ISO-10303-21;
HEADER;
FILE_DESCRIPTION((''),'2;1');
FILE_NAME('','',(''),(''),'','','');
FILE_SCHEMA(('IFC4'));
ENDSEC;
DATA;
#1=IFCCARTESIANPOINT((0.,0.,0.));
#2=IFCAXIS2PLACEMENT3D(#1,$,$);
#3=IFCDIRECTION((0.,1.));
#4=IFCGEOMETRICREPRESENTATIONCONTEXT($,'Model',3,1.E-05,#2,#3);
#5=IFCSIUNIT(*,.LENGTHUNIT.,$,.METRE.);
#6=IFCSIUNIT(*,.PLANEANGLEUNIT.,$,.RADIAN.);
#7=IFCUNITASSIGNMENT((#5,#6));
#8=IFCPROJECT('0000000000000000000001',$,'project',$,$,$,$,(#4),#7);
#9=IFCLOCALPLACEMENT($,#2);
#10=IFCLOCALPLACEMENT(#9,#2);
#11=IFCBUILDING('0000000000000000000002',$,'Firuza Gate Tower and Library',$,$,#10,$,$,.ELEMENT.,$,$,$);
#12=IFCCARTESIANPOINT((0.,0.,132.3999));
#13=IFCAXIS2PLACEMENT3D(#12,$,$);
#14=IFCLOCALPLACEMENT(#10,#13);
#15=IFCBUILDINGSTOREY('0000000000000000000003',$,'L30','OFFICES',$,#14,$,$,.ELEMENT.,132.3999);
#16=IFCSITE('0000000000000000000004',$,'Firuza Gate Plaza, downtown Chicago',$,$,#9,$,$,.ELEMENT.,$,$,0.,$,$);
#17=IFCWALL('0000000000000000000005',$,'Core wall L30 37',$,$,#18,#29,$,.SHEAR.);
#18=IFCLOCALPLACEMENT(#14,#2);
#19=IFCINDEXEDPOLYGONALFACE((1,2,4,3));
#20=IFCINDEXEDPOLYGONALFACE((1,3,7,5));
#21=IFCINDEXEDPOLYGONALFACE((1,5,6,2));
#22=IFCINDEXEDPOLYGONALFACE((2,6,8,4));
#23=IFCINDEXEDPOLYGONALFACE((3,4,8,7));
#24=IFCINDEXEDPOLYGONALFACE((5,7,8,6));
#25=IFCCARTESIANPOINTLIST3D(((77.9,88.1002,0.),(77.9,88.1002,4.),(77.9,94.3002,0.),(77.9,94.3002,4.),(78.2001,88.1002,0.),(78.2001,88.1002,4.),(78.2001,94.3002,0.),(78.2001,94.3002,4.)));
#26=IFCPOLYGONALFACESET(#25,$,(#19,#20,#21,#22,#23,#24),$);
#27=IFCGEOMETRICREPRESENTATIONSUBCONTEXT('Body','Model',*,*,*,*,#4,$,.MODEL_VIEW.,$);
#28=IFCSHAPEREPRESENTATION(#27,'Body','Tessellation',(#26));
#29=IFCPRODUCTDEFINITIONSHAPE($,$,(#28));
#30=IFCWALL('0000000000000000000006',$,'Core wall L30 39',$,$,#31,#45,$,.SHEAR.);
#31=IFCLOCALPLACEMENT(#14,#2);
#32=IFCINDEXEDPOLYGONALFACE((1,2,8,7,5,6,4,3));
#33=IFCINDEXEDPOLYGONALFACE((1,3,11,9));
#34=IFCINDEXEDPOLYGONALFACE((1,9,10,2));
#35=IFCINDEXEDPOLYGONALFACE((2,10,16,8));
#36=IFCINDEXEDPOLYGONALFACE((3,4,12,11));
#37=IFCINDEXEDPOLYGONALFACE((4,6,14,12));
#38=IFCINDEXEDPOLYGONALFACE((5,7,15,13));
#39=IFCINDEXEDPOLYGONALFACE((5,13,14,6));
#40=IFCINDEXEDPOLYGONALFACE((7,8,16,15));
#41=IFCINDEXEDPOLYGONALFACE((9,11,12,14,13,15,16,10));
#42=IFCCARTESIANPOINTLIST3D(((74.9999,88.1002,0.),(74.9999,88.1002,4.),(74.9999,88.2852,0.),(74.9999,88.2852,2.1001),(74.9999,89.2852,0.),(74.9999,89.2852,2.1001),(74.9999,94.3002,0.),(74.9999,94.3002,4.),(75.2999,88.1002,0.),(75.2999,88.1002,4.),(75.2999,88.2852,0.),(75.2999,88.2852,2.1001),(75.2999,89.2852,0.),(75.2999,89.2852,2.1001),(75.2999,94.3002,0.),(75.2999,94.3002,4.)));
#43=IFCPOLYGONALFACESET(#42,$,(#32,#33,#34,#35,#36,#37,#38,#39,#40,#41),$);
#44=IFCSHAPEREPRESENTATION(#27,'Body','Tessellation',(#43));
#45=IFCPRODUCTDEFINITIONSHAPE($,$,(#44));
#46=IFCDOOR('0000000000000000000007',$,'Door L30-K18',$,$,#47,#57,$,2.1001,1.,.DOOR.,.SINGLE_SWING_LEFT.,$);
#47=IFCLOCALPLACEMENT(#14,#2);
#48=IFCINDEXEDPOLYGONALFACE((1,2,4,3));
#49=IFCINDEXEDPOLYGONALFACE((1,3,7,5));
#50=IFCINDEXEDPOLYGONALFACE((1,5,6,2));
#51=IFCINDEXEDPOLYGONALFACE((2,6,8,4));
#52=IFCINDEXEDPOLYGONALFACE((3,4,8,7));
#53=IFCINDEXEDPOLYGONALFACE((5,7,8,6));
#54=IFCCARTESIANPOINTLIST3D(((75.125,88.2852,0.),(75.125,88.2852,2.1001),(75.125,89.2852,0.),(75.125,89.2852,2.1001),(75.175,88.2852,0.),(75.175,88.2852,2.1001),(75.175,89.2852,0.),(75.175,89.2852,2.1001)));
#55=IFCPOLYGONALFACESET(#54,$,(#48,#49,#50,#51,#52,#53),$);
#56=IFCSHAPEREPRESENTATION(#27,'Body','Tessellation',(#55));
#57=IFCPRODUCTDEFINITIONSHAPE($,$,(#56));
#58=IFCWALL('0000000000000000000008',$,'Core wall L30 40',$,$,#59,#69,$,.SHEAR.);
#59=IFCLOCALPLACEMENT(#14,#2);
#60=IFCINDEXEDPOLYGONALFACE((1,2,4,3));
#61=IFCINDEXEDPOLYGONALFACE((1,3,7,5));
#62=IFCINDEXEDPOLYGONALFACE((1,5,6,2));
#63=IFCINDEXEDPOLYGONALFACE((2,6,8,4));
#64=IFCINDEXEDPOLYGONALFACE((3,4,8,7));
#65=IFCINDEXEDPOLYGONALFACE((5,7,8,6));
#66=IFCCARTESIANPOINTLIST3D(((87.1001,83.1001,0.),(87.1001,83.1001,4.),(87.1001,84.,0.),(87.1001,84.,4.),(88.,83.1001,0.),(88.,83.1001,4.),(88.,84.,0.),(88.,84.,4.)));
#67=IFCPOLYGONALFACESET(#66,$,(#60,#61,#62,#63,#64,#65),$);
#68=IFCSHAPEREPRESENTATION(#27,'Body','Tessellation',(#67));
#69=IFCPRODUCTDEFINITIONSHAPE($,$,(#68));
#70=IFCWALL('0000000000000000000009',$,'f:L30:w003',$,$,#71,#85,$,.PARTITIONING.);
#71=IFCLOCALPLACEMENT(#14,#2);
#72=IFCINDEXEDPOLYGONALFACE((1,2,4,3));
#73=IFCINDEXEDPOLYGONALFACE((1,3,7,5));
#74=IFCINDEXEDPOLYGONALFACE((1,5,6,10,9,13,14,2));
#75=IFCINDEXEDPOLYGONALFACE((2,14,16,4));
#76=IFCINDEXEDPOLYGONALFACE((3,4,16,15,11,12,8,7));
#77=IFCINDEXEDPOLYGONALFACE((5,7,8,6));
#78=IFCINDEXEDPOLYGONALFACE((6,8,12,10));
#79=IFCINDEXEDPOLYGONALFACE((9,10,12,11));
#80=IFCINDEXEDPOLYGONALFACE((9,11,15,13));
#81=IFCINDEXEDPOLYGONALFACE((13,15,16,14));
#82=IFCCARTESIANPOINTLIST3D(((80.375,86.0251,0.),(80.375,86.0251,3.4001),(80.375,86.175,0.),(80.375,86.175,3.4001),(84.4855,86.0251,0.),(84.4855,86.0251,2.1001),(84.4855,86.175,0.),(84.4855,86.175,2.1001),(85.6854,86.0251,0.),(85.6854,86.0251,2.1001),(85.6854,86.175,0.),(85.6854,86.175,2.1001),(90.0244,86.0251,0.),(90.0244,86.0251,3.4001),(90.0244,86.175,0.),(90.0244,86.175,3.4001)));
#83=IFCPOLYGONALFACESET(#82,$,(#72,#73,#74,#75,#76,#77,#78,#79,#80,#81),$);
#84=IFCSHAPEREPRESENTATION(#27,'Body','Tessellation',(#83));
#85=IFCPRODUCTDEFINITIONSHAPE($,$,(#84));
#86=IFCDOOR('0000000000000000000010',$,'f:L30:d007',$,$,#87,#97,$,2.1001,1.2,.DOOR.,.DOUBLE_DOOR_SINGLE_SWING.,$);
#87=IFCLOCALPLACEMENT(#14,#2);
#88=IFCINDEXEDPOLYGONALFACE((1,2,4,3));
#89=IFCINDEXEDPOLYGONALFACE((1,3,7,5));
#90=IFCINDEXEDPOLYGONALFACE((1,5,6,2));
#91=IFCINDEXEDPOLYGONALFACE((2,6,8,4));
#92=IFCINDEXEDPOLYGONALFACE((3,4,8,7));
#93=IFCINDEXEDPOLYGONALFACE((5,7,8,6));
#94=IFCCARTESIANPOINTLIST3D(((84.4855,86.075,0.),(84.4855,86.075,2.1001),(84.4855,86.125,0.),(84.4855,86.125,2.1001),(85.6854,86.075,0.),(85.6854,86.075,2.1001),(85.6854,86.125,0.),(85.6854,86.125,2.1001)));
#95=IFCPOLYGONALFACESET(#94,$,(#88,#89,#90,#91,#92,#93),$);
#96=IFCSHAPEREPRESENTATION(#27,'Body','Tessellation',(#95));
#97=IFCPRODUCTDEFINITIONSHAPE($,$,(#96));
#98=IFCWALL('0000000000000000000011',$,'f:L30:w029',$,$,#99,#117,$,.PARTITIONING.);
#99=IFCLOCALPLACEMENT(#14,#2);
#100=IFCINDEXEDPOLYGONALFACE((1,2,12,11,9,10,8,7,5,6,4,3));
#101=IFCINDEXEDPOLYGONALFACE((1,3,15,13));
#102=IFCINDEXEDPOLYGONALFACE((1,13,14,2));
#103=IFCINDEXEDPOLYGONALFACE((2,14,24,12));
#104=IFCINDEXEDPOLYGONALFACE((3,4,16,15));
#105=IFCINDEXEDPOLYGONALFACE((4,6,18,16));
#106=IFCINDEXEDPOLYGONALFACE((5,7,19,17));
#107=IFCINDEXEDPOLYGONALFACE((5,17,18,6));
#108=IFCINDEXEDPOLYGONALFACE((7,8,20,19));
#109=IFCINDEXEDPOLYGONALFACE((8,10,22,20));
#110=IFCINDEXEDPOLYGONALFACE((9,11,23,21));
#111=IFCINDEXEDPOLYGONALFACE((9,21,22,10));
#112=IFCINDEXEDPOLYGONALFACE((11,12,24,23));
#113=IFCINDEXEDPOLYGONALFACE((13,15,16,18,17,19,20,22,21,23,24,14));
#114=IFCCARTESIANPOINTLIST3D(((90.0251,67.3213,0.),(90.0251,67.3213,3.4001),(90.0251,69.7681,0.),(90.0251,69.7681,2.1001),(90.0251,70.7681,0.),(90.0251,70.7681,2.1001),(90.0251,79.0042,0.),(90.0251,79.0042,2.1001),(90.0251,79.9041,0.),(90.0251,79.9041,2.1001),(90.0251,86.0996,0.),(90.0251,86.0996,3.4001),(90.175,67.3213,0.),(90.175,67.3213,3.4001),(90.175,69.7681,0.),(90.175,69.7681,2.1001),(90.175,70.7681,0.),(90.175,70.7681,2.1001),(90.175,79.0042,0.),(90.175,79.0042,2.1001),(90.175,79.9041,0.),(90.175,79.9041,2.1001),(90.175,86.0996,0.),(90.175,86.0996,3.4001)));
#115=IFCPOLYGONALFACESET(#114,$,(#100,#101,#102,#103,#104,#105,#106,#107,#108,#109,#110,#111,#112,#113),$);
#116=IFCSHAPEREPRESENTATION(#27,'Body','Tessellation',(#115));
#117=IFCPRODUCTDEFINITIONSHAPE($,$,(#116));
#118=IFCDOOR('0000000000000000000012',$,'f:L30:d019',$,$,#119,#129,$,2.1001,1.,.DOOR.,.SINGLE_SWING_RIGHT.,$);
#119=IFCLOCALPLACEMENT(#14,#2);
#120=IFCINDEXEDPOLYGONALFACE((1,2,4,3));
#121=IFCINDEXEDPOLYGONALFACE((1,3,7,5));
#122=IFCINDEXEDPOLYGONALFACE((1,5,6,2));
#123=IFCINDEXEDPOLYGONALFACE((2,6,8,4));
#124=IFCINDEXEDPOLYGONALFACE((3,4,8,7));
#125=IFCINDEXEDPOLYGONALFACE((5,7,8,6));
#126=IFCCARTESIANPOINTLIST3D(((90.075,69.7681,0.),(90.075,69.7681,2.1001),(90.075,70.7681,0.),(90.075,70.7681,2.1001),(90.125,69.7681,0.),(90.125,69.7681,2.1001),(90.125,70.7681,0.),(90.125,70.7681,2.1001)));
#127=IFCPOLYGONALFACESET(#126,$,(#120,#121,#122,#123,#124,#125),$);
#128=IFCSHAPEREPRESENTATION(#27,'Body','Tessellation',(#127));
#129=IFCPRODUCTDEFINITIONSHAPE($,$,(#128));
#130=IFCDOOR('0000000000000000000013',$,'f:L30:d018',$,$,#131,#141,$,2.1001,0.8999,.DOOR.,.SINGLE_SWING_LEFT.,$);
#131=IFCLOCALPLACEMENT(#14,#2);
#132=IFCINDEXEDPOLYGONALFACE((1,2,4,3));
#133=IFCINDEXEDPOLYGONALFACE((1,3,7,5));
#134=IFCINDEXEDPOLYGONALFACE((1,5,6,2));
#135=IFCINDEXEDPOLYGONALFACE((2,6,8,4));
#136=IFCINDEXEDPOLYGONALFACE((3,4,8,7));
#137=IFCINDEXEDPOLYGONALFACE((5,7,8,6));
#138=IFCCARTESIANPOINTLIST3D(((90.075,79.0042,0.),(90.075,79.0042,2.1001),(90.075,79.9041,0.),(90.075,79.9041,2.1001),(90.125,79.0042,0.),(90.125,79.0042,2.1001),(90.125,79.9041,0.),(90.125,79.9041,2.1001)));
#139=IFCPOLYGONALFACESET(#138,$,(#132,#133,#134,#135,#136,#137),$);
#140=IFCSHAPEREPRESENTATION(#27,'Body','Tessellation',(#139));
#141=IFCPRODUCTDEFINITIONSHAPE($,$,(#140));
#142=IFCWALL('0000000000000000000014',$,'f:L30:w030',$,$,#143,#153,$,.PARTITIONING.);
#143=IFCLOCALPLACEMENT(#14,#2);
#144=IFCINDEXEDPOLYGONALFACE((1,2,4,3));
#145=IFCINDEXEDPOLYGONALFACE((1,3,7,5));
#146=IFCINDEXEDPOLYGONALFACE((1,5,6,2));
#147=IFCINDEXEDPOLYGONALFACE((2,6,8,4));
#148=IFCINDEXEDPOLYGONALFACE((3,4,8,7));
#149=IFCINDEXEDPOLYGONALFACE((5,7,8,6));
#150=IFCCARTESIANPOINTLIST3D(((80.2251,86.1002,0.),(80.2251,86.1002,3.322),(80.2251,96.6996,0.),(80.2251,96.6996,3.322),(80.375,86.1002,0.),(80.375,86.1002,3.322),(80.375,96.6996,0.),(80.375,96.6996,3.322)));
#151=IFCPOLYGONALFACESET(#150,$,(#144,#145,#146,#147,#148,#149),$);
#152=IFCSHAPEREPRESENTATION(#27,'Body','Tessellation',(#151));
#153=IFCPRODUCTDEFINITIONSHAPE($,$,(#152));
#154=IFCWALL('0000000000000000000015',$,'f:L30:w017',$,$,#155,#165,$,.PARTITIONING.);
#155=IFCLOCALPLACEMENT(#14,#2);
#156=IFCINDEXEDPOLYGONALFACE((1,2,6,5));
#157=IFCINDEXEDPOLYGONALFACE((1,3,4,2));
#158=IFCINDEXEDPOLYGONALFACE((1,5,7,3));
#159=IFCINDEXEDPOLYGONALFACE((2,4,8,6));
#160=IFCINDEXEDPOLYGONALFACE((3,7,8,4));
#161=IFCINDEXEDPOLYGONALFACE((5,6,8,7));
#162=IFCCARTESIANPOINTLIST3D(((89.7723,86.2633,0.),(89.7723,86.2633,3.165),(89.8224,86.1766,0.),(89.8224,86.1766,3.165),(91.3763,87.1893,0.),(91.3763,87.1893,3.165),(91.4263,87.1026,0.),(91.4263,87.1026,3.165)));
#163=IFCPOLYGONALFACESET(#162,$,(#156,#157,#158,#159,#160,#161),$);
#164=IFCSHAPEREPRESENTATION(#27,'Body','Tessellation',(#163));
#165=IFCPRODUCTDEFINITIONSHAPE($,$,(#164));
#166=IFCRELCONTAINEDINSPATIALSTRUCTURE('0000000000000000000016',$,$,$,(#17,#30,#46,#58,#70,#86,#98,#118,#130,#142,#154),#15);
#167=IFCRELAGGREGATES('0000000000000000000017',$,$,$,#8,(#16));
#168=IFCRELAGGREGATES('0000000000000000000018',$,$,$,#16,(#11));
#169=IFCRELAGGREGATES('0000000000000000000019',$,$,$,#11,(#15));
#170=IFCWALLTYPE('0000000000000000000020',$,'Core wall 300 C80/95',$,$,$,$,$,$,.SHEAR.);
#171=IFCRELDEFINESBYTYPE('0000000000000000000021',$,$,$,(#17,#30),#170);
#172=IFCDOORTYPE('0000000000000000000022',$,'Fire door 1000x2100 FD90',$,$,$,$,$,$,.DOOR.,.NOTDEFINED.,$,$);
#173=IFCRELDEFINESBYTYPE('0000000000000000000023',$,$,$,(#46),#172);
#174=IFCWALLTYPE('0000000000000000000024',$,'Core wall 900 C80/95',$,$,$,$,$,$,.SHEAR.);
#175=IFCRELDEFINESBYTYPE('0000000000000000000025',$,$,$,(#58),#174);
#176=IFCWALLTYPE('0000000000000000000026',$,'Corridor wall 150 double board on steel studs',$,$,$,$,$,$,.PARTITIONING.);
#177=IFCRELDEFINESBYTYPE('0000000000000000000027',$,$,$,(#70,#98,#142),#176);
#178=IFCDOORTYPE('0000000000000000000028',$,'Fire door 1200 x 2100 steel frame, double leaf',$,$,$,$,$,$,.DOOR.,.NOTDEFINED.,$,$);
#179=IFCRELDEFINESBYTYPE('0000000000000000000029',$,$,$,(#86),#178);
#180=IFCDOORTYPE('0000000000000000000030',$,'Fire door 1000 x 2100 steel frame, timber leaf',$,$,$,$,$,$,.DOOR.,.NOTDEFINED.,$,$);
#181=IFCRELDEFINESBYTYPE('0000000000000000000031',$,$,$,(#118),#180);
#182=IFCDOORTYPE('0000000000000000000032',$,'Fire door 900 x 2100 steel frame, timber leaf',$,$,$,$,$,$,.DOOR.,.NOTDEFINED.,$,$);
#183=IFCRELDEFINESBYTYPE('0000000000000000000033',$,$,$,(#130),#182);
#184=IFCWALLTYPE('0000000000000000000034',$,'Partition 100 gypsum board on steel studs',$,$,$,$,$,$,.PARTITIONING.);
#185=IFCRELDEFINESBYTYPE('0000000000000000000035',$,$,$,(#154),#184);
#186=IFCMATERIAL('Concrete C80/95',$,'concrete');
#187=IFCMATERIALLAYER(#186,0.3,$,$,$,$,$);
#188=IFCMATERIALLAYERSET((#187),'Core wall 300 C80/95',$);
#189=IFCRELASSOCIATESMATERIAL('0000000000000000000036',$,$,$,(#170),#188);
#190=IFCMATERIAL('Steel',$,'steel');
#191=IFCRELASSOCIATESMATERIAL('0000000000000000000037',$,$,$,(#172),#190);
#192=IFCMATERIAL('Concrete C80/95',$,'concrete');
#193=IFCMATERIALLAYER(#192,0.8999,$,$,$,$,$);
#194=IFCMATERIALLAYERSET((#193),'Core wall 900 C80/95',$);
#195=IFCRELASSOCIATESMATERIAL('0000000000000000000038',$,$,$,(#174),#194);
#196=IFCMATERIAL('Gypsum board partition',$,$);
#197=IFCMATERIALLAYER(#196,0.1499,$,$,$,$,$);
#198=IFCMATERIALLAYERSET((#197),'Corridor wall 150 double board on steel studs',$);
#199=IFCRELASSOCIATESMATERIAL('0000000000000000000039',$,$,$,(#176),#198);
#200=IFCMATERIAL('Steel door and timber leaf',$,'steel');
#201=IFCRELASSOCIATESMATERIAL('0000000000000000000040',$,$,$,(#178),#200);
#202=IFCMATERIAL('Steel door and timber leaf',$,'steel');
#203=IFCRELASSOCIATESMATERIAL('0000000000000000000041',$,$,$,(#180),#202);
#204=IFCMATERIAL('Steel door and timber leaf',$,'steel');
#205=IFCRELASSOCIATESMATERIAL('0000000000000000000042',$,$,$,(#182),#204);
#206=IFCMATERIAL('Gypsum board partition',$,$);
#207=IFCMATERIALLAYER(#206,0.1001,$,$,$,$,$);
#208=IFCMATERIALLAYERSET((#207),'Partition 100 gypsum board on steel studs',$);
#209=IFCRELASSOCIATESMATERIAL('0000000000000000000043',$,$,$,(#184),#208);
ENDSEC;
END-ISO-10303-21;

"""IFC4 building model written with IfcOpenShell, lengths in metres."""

from ifc_helpers import new_model, si_unit, direction, frame, frame_2d, origin, place, context, subcontext, project, spatial, rectangle, extrude, material, layer, layer_set, type_object, element, fill, save


model = new_model("IFC4")

# Units and contexts
model_context = context("Model", 3, precision=1e-05, world=origin(), true_north=direction((0.0, 1.0)))
body_context = subcontext(model_context, "Body", "Model", "MODEL_VIEW")
ifc_project = project(units=[si_unit("LENGTHUNIT", "METRE"), si_unit("PLANEANGLEUNIT", "RADIAN")], contexts=[model_context])

# Site, building, storey
site_placement = place(None, origin())
site = spatial("IfcSite", under=ifc_project, at=site_placement, Name="Firuza Gate Plaza, downtown Chicago", CompositionType="ELEMENT", RefElevation=0.0)
building_placement = place(site_placement, origin())
building = spatial("IfcBuilding", under=site, at=building_placement, Name="Firuza Gate Tower and Library", CompositionType="ELEMENT")
storey_placement = place(building_placement, frame((0.0, 0.0, 132.3999)))
storey = spatial("IfcBuildingStorey", under=building, at=storey_placement, Name="L30", Description="OFFICES", CompositionType="ELEMENT", Elevation=132.3999)

# Shared definitions
ifc_material_1 = material(Name="Concrete C80/95", Category="concrete")
ifc_layer_1 = layer(ifc_material_1, 0.3)
ifc_layer_set_1 = layer_set([ifc_layer_1], Name="Core wall 300 C80/95")
wall_type_1 = type_object("IfcWallType", Name="Core wall 300 C80/95", PredefinedType="SHEAR", material=ifc_layer_set_1)

# Shared definitions
ifc_material_2 = material(Name="Steel", Category="steel")
door_type_1 = type_object("IfcDoorType", Name="Fire door 1000x2100 FD90", OperationType="NOTDEFINED", PredefinedType="DOOR", material=ifc_material_2)

# Wall
wall_1_placement = place(storey_placement, frame((78.05, 88.1001, 0.0), z_axis=(0.0, 0.0, 1.0), x_axis=(0.0, 1.0, 0.0)))
element("IfcWall", 1, at=wall_1_placement, inside=storey, type_object=wall_type_1, Name="Core wall L30 37", PredefinedType="SHEAR", context=body_context, shape_type="SweptSolid", body=[
    extrude(rectangle(XDim=6.2, YDim=0.3, at=frame_2d((3.1001, 0.0))), origin(), (0.0, 0.0, 1.0), 4.0),
])

# Wall, opening, door
wall_2_placement = place(storey_placement, frame((75.1499, 88.1001, 0.0), z_axis=(0.0, 0.0, 1.0), x_axis=(0.0, 1.0, 0.0)))
wall_2 = element("IfcWall", 2, at=wall_2_placement, inside=storey, type_object=wall_type_1, Name="Core wall L30 39", PredefinedType="SHEAR", context=body_context, shape_type="SweptSolid", body=[
    extrude(rectangle(XDim=6.2, YDim=0.3, at=frame_2d((3.1001, 0.0))), origin(), (0.0, 0.0, 1.0), 4.0),
])
opening_1_placement = place(wall_2_placement, frame((0.1851, 0.0, 0.0)))
opening_1 = element("IfcOpeningElement", 3, at=opening_1_placement, cuts=wall_2, PredefinedType="OPENING", context=body_context, shape_type="SweptSolid", body=[
    extrude(rectangle(XDim=1.0, YDim=2.1001, at=frame_2d((0.5, 1.05))), frame((0.0, 0.1602, 0.0), z_axis=(0.0, -1.0, 0.0), x_axis=(1.0, 0.0, 0.0)), (0.0, 0.0, 1.0), 0.3201),
])
door_1_placement = place(opening_1_placement, origin())
door_1 = element("IfcDoor", 4, at=door_1_placement, inside=storey, type_object=door_type_1, Name="Door L30-K18", OperationType="SINGLE_SWING_LEFT", OverallHeight=2.1001, OverallWidth=1.0, PredefinedType="DOOR", context=body_context, shape_type="SweptSolid", body=[
    extrude(rectangle(XDim=1.0, YDim=2.1001, at=frame_2d((0.5, 1.05))), frame((0.0, 0.0249, 0.0), z_axis=(0.0, -1.0, 0.0), x_axis=(1.0, 0.0, 0.0)), (0.0, 0.0, 1.0), 0.05),
])
fill(opening_1, door_1)

# Wall
ifc_material_3 = material(Name="Concrete C80/95", Category="concrete")
ifc_layer_2 = layer(ifc_material_3, 0.8999)
ifc_layer_set_2 = layer_set([ifc_layer_2], Name="Core wall 900 C80/95")
wall_type_2 = type_object("IfcWallType", Name="Core wall 900 C80/95", PredefinedType="SHEAR", material=ifc_layer_set_2)
wall_3_placement = place(storey_placement, frame((87.1001, 83.55, 0.0), z_axis=(0.0, 0.0, 1.0), x_axis=(1.0, 0.0, 0.0)))
element("IfcWall", 5, at=wall_3_placement, inside=storey, type_object=wall_type_2, Name="Core wall L30 40", PredefinedType="SHEAR", context=body_context, shape_type="SweptSolid", body=[
    extrude(rectangle(XDim=0.8999, YDim=0.8999, at=frame_2d((0.45, 0.0))), origin(), (0.0, 0.0, 1.0), 4.0),
])

# Wall, opening, door
ifc_material_4 = material(Name="Gypsum board partition")
ifc_layer_3 = layer(ifc_material_4, 0.1499)
ifc_layer_set_3 = layer_set([ifc_layer_3], Name="Corridor wall 150 double board on steel studs")
wall_type_3 = type_object("IfcWallType", Name="Corridor wall 150 double board on steel studs", PredefinedType="PARTITIONING", material=ifc_layer_set_3)
wall_4_placement = place(storey_placement, frame((80.375, 86.1001, 0.0), z_axis=(0.0, 0.0, 1.0), x_axis=(1.0, 0.0, 0.0)))
wall_4 = element("IfcWall", 6, at=wall_4_placement, inside=storey, type_object=wall_type_3, Name="f:L30:w003", PredefinedType="PARTITIONING", context=body_context, shape_type="SweptSolid", body=[
    extrude(rectangle(XDim=9.6494, YDim=0.1499, at=frame_2d((4.8247, 0.0))), origin(), (0.0, 0.0, 1.0), 3.4001),
])
opening_2_placement = place(wall_4_placement, frame((4.1104, 0.0, 0.0)))
opening_2 = element("IfcOpeningElement", 7, at=opening_2_placement, cuts=wall_4, PredefinedType="OPENING", context=body_context, shape_type="SweptSolid", body=[
    extrude(rectangle(XDim=1.2, YDim=2.1001, at=frame_2d((0.6001, 1.05))), frame((0.0, 0.085, 0.0), z_axis=(0.0, -1.0, 0.0), x_axis=(1.0, 0.0, 0.0)), (0.0, 0.0, 1.0), 0.1699),
])
ifc_material_5 = material(Name="Steel door and timber leaf", Category="steel")
door_type_2 = type_object("IfcDoorType", Name="Fire door 1200 x 2100 steel frame, double leaf", OperationType="NOTDEFINED", PredefinedType="DOOR", material=ifc_material_5)
door_2_placement = place(opening_2_placement, origin())
door_2 = element("IfcDoor", 8, at=door_2_placement, inside=storey, type_object=door_type_2, Name="f:L30:d007", OperationType="DOUBLE_DOOR_SINGLE_SWING", OverallHeight=2.1001, OverallWidth=1.2, PredefinedType="DOOR", context=body_context, shape_type="SweptSolid", body=[
    extrude(rectangle(XDim=1.2, YDim=2.1001, at=frame_2d((0.6001, 1.05))), frame((0.0, 0.0249, 0.0), z_axis=(0.0, -1.0, 0.0), x_axis=(1.0, 0.0, 0.0)), (0.0, 0.0, 1.0), 0.05),
])
fill(opening_2, door_2)

# Wall, openings, doors
wall_5_placement = place(storey_placement, frame((90.1001, 86.0996, 0.0), z_axis=(0.0, 0.0, 1.0), x_axis=(0.0, -1.0, 0.0)))
wall_5 = element("IfcWall", 9, at=wall_5_placement, inside=storey, type_object=wall_type_3, Name="f:L30:w029", PredefinedType="PARTITIONING", context=body_context, shape_type="SweptSolid", body=[
    extrude(rectangle(XDim=18.7783, YDim=0.1499, at=frame_2d((9.3892, 0.0))), origin(), (0.0, 0.0, 1.0), 3.4001),
])
opening_3_placement = place(wall_5_placement, frame((6.1956, 0.0, 0.0)))
opening_3 = element("IfcOpeningElement", 10, at=opening_3_placement, cuts=wall_5, PredefinedType="OPENING", context=body_context, shape_type="SweptSolid", body=[
    extrude(rectangle(XDim=0.8999, YDim=2.1001, at=frame_2d((0.45, 1.05))), frame((0.0, 0.085, 0.0), z_axis=(0.0, -1.0, 0.0), x_axis=(1.0, 0.0, 0.0)), (0.0, 0.0, 1.0), 0.1699),
])
opening_4_placement = place(wall_5_placement, frame((15.3315, 0.0, 0.0)))
opening_4 = element("IfcOpeningElement", 11, at=opening_4_placement, cuts=wall_5, PredefinedType="OPENING", context=body_context, shape_type="SweptSolid", body=[
    extrude(rectangle(XDim=1.0, YDim=2.1001, at=frame_2d((0.5, 1.05))), frame((0.0, 0.085, 0.0), z_axis=(0.0, -1.0, 0.0), x_axis=(1.0, 0.0, 0.0)), (0.0, 0.0, 1.0), 0.1699),
])
ifc_material_6 = material(Name="Steel door and timber leaf", Category="steel")
door_type_3 = type_object("IfcDoorType", Name="Fire door 1000 x 2100 steel frame, timber leaf", OperationType="NOTDEFINED", PredefinedType="DOOR", material=ifc_material_6)
door_3_placement = place(opening_4_placement, origin())
door_3 = element("IfcDoor", 12, at=door_3_placement, inside=storey, type_object=door_type_3, Name="f:L30:d019", OperationType="SINGLE_SWING_RIGHT", OverallHeight=2.1001, OverallWidth=1.0, PredefinedType="DOOR", context=body_context, shape_type="SweptSolid", body=[
    extrude(rectangle(XDim=1.0, YDim=2.1001, at=frame_2d((0.5, 1.05))), frame((0.0, 0.0249, 0.0), z_axis=(0.0, -1.0, 0.0), x_axis=(1.0, 0.0, 0.0)), (0.0, 0.0, 1.0), 0.05),
])
fill(opening_4, door_3)
ifc_material_7 = material(Name="Steel door and timber leaf", Category="steel")
door_type_4 = type_object("IfcDoorType", Name="Fire door 900 x 2100 steel frame, timber leaf", OperationType="NOTDEFINED", PredefinedType="DOOR", material=ifc_material_7)
door_4_placement = place(opening_3_placement, origin())
door_4 = element("IfcDoor", 13, at=door_4_placement, inside=storey, type_object=door_type_4, Name="f:L30:d018", OperationType="SINGLE_SWING_LEFT", OverallHeight=2.1001, OverallWidth=0.8999, PredefinedType="DOOR", context=body_context, shape_type="SweptSolid", body=[
    extrude(rectangle(XDim=0.8999, YDim=2.1001, at=frame_2d((0.45, 1.05))), frame((0.0, 0.0249, 0.0), z_axis=(0.0, -1.0, 0.0), x_axis=(1.0, 0.0, 0.0)), (0.0, 0.0, 1.0), 0.05),
])
fill(opening_3, door_4)

# Walls
wall_6_placement = place(storey_placement, frame((80.3, 86.1001, 0.0), z_axis=(0.0, 0.0, 1.0), x_axis=(0.0, 1.0, 0.0)))
element("IfcWall", 14, at=wall_6_placement, inside=storey, type_object=wall_type_3, Name="f:L30:w030", PredefinedType="PARTITIONING", context=body_context, shape_type="SweptSolid", body=[
    extrude(rectangle(XDim=10.5994, YDim=0.1499, at=frame_2d((5.2998, 0.0))), origin(), (0.0, 0.0, 1.0), 3.322),
])
ifc_material_8 = material(Name="Gypsum board partition")
ifc_layer_4 = layer(ifc_material_8, 0.1001)
ifc_layer_set_4 = layer_set([ifc_layer_4], Name="Partition 100 gypsum board on steel studs")
wall_type_4 = type_object("IfcWallType", Name="Partition 100 gypsum board on steel studs", PredefinedType="PARTITIONING", material=ifc_layer_set_4)
wall_7_placement = place(storey_placement, frame((89.7974, 86.22, 0.0), z_axis=(0.0, 0.0, 1.0), x_axis=(0.866036, 0.499981, 0.0)))
element("IfcWall", 15, at=wall_7_placement, inside=storey, type_object=wall_type_4, Name="f:L30:w017", PredefinedType="PARTITIONING", context=body_context, shape_type="SweptSolid", body=[
    extrude(rectangle(XDim=1.8521, YDim=0.1001, at=frame_2d((0.926, 0.0))), origin(), (0.0, 0.0, 1.0), 3.165),
])

save(model, "model.ifc")
